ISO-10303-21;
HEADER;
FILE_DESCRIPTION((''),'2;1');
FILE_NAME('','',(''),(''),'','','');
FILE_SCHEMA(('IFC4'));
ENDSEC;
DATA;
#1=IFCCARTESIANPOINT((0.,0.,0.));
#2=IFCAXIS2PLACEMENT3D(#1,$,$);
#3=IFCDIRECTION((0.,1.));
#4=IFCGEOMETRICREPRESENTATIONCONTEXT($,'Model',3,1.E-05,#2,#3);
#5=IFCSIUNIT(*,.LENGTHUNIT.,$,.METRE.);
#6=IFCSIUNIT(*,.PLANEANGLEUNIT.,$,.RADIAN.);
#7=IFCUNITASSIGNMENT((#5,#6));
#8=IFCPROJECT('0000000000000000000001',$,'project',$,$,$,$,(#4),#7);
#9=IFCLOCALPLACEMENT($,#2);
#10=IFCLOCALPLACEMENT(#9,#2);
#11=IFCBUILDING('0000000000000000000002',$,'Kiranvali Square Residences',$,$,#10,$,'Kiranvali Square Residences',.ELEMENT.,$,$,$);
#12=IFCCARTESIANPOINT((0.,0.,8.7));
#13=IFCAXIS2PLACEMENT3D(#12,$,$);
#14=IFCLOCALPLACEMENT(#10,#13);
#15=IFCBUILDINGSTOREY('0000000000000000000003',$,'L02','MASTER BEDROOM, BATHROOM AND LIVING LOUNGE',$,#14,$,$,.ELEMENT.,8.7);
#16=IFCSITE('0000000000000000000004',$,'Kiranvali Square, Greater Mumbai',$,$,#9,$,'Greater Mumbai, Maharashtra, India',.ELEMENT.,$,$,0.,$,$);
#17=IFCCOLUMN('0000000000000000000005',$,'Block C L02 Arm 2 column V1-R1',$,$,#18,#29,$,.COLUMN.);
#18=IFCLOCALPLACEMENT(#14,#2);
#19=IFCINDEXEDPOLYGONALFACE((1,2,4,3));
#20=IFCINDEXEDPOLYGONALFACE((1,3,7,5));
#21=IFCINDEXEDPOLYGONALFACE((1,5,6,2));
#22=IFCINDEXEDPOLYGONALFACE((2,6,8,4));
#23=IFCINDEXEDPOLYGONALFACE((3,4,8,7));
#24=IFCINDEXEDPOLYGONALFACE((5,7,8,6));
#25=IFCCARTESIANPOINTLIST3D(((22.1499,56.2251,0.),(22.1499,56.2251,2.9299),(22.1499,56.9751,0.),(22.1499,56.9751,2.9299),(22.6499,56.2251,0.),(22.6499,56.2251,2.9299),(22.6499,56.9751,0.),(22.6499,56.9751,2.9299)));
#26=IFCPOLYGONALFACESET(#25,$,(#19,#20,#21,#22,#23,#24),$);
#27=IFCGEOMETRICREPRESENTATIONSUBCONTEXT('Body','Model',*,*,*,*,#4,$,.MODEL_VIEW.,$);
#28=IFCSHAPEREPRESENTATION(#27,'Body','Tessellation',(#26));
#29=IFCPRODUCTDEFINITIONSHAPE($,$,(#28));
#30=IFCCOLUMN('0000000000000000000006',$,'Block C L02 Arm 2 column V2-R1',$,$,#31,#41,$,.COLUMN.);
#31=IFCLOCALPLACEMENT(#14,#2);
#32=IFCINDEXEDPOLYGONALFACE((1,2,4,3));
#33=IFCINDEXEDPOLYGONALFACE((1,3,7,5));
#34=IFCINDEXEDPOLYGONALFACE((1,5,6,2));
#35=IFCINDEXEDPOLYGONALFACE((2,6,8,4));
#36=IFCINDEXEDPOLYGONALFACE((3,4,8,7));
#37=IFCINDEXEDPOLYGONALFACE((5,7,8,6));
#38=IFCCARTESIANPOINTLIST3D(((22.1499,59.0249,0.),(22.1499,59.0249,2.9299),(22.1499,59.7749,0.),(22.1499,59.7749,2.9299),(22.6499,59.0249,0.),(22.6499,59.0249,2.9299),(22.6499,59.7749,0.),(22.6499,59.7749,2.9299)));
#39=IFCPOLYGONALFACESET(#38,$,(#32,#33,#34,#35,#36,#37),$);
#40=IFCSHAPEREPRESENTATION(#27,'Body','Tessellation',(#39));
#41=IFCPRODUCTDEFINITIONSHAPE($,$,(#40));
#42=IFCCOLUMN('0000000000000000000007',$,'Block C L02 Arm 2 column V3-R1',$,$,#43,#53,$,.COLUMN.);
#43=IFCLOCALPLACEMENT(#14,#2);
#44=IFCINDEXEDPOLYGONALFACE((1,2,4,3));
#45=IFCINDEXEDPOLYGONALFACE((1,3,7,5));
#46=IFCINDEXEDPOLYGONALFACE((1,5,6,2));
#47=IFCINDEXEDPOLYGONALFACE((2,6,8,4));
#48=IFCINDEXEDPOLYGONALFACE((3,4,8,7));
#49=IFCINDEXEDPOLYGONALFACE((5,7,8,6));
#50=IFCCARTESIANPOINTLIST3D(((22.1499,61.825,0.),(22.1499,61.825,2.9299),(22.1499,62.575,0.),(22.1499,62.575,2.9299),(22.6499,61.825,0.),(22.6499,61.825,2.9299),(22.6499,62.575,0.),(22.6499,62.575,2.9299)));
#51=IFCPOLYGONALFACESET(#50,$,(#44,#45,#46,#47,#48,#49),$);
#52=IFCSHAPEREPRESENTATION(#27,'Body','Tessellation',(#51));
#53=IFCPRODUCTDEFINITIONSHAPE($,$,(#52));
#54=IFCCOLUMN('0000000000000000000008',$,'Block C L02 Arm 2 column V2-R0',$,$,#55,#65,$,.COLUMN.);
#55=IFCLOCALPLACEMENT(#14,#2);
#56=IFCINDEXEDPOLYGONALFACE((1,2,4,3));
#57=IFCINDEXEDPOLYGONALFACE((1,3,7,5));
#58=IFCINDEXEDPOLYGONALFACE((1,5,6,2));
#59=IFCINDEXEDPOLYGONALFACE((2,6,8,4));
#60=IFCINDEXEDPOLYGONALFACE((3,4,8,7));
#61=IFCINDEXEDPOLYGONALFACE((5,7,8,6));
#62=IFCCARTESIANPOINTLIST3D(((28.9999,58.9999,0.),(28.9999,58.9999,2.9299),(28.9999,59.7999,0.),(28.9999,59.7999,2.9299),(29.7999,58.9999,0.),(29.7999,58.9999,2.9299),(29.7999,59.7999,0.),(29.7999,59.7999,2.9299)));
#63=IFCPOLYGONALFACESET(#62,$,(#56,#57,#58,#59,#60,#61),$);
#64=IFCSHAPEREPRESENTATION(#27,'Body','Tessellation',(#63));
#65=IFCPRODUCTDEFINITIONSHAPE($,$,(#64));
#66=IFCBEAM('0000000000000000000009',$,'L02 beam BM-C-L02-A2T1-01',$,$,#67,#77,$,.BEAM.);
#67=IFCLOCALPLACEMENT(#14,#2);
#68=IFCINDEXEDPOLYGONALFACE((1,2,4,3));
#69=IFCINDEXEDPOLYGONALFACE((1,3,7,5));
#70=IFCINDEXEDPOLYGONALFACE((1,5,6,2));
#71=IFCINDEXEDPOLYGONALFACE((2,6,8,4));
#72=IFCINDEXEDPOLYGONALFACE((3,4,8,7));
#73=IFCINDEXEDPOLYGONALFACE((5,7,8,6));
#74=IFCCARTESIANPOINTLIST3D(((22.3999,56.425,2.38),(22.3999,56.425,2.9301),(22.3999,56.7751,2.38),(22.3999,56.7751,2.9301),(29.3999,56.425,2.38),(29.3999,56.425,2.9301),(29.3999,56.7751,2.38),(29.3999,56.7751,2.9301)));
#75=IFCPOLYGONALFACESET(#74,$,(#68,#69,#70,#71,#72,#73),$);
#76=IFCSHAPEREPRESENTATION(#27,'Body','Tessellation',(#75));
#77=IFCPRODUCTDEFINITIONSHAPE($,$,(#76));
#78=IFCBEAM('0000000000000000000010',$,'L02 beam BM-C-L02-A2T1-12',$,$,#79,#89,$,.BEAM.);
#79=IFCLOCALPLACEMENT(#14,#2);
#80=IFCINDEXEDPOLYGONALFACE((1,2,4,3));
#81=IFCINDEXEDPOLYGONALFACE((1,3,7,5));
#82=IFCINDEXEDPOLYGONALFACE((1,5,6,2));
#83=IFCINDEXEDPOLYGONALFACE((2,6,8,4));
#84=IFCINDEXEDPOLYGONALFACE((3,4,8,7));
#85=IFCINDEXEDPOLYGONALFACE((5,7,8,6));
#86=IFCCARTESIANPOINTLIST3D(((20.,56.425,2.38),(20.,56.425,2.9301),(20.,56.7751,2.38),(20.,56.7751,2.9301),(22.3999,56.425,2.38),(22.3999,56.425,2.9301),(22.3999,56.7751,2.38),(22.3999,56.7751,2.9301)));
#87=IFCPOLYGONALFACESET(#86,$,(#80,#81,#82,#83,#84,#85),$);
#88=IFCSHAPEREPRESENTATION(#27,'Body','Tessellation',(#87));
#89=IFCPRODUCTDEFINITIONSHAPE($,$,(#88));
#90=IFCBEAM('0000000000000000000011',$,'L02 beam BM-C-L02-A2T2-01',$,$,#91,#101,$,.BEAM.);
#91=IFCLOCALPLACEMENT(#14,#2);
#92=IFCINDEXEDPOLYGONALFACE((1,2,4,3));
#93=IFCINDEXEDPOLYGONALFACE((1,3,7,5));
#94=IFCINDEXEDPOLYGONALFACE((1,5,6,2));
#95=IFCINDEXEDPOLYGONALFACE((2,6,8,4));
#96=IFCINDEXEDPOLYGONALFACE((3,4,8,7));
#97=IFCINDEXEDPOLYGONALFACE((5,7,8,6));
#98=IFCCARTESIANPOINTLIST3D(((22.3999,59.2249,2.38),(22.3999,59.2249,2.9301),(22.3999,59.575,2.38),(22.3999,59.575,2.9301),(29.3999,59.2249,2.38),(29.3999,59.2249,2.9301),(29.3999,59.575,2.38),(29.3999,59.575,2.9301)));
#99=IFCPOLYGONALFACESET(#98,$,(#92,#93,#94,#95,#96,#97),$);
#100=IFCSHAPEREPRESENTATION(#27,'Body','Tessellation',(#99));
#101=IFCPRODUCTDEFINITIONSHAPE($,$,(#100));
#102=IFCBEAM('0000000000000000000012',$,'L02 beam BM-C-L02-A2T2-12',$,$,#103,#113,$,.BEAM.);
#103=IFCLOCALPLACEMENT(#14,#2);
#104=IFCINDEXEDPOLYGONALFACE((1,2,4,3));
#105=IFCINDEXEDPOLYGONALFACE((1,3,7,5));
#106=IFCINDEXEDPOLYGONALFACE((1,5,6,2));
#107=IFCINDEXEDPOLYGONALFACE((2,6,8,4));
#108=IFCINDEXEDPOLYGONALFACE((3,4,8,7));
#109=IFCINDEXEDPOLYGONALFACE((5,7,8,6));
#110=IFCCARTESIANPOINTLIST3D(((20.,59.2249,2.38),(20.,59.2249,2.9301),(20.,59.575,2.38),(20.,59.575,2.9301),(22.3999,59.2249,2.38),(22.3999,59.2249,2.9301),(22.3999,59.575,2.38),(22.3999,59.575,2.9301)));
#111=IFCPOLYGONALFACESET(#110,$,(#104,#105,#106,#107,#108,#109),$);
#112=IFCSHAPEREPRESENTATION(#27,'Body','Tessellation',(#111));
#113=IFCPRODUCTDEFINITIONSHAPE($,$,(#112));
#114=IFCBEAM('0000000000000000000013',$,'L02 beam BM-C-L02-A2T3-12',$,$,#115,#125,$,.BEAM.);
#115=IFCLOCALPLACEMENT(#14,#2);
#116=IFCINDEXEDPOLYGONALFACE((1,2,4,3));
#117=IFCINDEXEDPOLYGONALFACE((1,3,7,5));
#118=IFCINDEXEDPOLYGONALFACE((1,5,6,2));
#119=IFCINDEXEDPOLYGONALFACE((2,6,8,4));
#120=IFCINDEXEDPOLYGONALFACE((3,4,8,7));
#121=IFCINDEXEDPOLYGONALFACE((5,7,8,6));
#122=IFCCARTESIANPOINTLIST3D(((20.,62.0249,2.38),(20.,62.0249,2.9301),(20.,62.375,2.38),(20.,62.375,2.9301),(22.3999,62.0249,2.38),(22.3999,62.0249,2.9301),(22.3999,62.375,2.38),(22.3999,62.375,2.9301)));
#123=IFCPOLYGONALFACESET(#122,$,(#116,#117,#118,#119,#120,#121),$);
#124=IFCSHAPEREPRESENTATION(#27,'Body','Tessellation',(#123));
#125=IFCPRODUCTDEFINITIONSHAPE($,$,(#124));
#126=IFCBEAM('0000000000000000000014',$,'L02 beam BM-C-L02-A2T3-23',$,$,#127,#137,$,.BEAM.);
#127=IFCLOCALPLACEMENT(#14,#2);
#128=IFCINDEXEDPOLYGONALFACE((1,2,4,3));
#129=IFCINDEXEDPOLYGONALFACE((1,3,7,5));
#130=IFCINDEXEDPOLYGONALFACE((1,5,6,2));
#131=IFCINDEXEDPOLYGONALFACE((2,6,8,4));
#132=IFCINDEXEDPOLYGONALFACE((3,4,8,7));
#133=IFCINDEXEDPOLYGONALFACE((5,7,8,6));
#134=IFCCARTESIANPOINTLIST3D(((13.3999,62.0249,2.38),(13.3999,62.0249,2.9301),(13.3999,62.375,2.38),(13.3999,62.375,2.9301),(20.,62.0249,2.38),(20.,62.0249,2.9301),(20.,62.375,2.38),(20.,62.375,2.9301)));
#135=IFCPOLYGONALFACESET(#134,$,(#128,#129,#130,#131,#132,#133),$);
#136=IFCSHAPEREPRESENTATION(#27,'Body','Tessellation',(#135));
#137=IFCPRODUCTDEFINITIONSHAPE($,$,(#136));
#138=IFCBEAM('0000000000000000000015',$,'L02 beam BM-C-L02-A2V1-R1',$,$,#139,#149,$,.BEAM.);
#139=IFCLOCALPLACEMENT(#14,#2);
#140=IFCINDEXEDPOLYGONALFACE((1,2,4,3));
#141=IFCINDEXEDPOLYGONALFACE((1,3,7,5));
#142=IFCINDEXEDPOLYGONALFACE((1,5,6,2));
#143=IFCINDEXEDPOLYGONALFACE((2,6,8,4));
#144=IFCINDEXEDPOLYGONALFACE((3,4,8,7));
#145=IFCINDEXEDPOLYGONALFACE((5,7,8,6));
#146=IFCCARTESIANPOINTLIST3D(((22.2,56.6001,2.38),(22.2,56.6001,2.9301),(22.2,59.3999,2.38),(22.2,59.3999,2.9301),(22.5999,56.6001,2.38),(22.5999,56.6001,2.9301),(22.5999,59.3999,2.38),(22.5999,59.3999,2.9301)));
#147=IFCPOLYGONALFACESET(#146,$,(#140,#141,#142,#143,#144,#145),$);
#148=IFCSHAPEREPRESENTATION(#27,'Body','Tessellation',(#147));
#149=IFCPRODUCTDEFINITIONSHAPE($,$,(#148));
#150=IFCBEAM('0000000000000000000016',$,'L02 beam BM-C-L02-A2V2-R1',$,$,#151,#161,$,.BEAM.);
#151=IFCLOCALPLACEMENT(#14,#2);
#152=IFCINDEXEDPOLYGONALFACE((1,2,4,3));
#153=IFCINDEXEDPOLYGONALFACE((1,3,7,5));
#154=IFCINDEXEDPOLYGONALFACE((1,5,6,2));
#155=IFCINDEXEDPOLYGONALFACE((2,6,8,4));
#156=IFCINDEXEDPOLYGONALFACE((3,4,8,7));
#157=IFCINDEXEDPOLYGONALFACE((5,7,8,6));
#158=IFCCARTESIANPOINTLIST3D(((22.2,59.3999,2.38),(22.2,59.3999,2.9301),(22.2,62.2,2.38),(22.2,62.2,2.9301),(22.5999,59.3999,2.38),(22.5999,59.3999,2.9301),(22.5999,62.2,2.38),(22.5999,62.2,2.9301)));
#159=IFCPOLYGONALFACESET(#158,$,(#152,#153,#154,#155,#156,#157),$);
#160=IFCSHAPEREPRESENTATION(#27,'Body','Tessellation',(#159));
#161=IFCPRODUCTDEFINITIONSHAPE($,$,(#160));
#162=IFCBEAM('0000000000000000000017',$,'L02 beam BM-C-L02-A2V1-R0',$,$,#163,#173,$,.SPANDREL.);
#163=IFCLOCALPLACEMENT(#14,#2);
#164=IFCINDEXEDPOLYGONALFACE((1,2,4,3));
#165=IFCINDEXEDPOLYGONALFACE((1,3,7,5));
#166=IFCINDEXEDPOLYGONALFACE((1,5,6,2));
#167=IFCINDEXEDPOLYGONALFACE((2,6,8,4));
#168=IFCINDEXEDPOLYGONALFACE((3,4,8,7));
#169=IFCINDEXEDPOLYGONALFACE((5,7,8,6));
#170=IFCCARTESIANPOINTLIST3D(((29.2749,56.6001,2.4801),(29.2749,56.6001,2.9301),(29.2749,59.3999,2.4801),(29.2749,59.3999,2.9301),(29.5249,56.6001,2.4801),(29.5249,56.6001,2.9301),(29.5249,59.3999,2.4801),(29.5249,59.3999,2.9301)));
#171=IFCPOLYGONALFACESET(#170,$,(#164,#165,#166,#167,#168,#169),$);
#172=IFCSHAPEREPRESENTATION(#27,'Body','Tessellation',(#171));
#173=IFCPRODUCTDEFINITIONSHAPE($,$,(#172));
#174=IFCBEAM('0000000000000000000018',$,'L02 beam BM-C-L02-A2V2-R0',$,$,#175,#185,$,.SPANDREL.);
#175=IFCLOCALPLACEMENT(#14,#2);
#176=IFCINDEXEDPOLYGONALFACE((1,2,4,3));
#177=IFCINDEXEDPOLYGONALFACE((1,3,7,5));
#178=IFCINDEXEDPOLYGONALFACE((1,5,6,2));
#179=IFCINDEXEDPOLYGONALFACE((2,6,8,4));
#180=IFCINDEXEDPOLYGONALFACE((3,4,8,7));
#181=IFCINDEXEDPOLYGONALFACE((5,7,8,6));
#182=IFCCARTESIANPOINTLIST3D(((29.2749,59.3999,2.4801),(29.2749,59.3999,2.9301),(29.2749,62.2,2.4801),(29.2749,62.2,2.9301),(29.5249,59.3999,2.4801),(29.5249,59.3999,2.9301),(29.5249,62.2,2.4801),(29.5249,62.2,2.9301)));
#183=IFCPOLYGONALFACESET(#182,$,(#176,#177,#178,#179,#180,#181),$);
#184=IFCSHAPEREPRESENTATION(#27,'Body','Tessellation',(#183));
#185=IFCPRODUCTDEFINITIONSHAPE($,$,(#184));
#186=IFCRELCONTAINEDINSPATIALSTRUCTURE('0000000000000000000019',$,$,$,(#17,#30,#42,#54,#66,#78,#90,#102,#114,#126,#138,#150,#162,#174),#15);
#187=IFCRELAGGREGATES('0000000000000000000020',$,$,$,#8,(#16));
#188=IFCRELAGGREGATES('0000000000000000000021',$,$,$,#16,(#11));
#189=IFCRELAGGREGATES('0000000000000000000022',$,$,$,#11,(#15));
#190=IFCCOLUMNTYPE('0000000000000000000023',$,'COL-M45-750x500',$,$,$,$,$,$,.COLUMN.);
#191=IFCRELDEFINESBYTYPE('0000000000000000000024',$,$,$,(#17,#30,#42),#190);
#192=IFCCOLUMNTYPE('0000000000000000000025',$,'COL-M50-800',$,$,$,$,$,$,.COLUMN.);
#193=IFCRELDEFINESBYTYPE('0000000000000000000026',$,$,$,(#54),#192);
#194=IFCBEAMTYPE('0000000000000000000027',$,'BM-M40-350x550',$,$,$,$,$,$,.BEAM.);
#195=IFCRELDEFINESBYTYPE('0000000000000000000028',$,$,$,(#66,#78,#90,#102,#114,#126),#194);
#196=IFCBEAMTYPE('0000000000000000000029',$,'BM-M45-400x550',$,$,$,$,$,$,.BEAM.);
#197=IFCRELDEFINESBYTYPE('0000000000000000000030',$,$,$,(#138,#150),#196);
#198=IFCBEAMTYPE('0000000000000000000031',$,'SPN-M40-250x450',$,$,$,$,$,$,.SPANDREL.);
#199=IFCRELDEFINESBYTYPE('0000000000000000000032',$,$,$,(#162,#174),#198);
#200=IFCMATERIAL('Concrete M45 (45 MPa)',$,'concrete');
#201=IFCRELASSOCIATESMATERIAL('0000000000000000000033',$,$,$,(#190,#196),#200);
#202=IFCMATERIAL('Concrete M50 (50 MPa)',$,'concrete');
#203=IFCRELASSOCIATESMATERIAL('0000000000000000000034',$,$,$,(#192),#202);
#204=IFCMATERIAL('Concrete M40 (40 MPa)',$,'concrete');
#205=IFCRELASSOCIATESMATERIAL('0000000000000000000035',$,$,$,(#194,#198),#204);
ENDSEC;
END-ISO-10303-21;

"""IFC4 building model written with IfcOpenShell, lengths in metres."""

from ifc_helpers import new_model, si_unit, direction, frame, origin, origin_2d, place, context, subcontext, project, spatial, rectangle, extrude, material, material_profile, profile_set, type_object, element, save


model = new_model("IFC4")

# Units and contexts
model_context = context("Model", 3, precision=1e-05, world=origin(), true_north=direction((0.0, 1.0)))
body_context = subcontext(model_context, "Body", "Model", "MODEL_VIEW")
ifc_project = project(units=[si_unit("LENGTHUNIT", "METRE"), si_unit("PLANEANGLEUNIT", "RADIAN")], contexts=[model_context])

# Site, building, storey
site_placement = place(None, origin())
site = spatial("IfcSite", under=ifc_project, at=site_placement, Name="Kiranvali Square, Greater Mumbai", LongName="Greater Mumbai, Maharashtra, India", CompositionType="ELEMENT", RefElevation=0.0)
building_placement = place(site_placement, origin())
building = spatial("IfcBuilding", under=site, at=building_placement, Name="Kiranvali Square Residences", LongName="Kiranvali Square Residences", CompositionType="ELEMENT")
storey_placement = place(building_placement, frame((0.0, 0.0, 8.7)))
storey = spatial("IfcBuildingStorey", under=building, at=storey_placement, Name="L02", Description="MASTER BEDROOM, BATHROOM AND LIVING LOUNGE", CompositionType="ELEMENT", Elevation=8.7)

# Columns
ifc_material_1 = material(Name="Concrete M45 (45 MPa)", Category="concrete")
ifc_material_profile_1 = material_profile(ifc_material_1, rectangle(XDim=0.5, YDim=0.75, at=origin_2d()), Name="RC 750x500")
ifc_profile_set_1 = profile_set([ifc_material_profile_1], Name="Concrete M45 (45 MPa)")
column_type_1 = type_object("IfcColumnType", Name="COL-M45-750x500", PredefinedType="COLUMN", material=ifc_profile_set_1)
for number, where, z_axis, x_axis, name in (
    (1, (22.3999, 56.6001, 0.0), (0.0, 0.0, 1.0), (1.0, 0.0, 0.0), "Block C L02 Arm 2 column V1-R1"),
    (2, (22.3999, 59.3999, 0.0), (0.0, 0.0, 1.0), (1.0, 0.0, 0.0), "Block C L02 Arm 2 column V2-R1"),
    (3, (22.3999, 62.2, 0.0), (0.0, 0.0, 1.0), (1.0, 0.0, 0.0), "Block C L02 Arm 2 column V3-R1"),
):
    element("IfcColumn", number, at=place(storey_placement, frame(where, z_axis=z_axis, x_axis=x_axis)), inside=storey, type_object=column_type_1, Name=name, PredefinedType="COLUMN", context=body_context, shape_type="SweptSolid", body=[
        extrude(rectangle(XDim=0.5, YDim=0.75, at=origin_2d()), origin(), (0.0, 0.0, 1.0), 2.9299),
    ])
ifc_material_2 = material(Name="Concrete M50 (50 MPa)", Category="concrete")
ifc_material_profile_2 = material_profile(ifc_material_2, rectangle(XDim=0.8, YDim=0.8, at=origin_2d()), Name="RC 800x800")
ifc_profile_set_2 = profile_set([ifc_material_profile_2], Name="Concrete M50 (50 MPa)")
column_type_2 = type_object("IfcColumnType", Name="COL-M50-800", PredefinedType="COLUMN", material=ifc_profile_set_2)
column_placement = place(storey_placement, frame((29.3999, 59.3999, 0.0), z_axis=(0.0, 0.0, 1.0), x_axis=(1.0, 0.0, 0.0)))
element("IfcColumn", 4, at=column_placement, inside=storey, type_object=column_type_2, Name="Block C L02 Arm 2 column V2-R0", PredefinedType="COLUMN", context=body_context, shape_type="SweptSolid", body=[
    extrude(rectangle(XDim=0.8, YDim=0.8, at=origin_2d()), origin(), (0.0, 0.0, 1.0), 2.9299),
])

# Beams
ifc_material_3 = material(Name="Concrete M40 (40 MPa)", Category="concrete")
ifc_material_profile_3 = material_profile(ifc_material_3, rectangle(XDim=0.3501, YDim=0.55, at=origin_2d()), Name="RC 350x550")
ifc_profile_set_3 = profile_set([ifc_material_profile_3], Name="Concrete M40 (40 MPa)")
beam_type_1 = type_object("IfcBeamType", Name="BM-M40-350x550", PredefinedType="BEAM", material=ifc_profile_set_3)
beam_1_placement = place(storey_placement, frame((29.3999, 56.6001, 2.655), z_axis=(-1.0, 0.0, 0.0), x_axis=(0.0, -1.0, 0.0)))
element("IfcBeam", 5, at=beam_1_placement, inside=storey, type_object=beam_type_1, Name="L02 beam BM-C-L02-A2T1-01", PredefinedType="BEAM", context=body_context, shape_type="SweptSolid", body=[
    extrude(rectangle(XDim=0.3501, YDim=0.55, at=origin_2d()), origin(), (0.0, 0.0, 1.0), 7.0),
])
beam_2_placement = place(storey_placement, frame((22.3999, 56.6001, 2.655), z_axis=(-1.0, 0.0, 0.0), x_axis=(0.0, -1.0, 0.0)))
element("IfcBeam", 6, at=beam_2_placement, inside=storey, type_object=beam_type_1, Name="L02 beam BM-C-L02-A2T1-12", PredefinedType="BEAM", context=body_context, shape_type="SweptSolid", body=[
    extrude(rectangle(XDim=0.3501, YDim=0.55, at=origin_2d()), origin(), (0.0, 0.0, 1.0), 2.3999),
])
beam_3_placement = place(storey_placement, frame((29.3999, 59.3999, 2.655), z_axis=(-1.0, 0.0, 0.0), x_axis=(0.0, -1.0, 0.0)))
element("IfcBeam", 7, at=beam_3_placement, inside=storey, type_object=beam_type_1, Name="L02 beam BM-C-L02-A2T2-01", PredefinedType="BEAM", context=body_context, shape_type="SweptSolid", body=[
    extrude(rectangle(XDim=0.3501, YDim=0.55, at=origin_2d()), origin(), (0.0, 0.0, 1.0), 7.0),
])
for number, where, z_axis, x_axis, name in (
    (8, (22.3999, 59.3999, 2.655), (-1.0, 0.0, 0.0), (0.0, -1.0, 0.0), "L02 beam BM-C-L02-A2T2-12"),
    (9, (22.3999, 62.2, 2.655), (-1.0, 0.0, 0.0), (0.0, -1.0, 0.0), "L02 beam BM-C-L02-A2T3-12"),
):
    element("IfcBeam", number, at=place(storey_placement, frame(where, z_axis=z_axis, x_axis=x_axis)), inside=storey, type_object=beam_type_1, Name=name, PredefinedType="BEAM", context=body_context, shape_type="SweptSolid", body=[
        extrude(rectangle(XDim=0.3501, YDim=0.55, at=origin_2d()), origin(), (0.0, 0.0, 1.0), 2.3999),
    ])
beam_4_placement = place(storey_placement, frame((20.0, 62.2, 2.655), z_axis=(-1.0, 0.0, 0.0), x_axis=(0.0, -1.0, 0.0)))
element("IfcBeam", 10, at=beam_4_placement, inside=storey, type_object=beam_type_1, Name="L02 beam BM-C-L02-A2T3-23", PredefinedType="BEAM", context=body_context, shape_type="SweptSolid", body=[
    extrude(rectangle(XDim=0.3501, YDim=0.55, at=origin_2d()), origin(), (0.0, 0.0, 1.0), 6.6001),
])
ifc_material_profile_4 = material_profile(ifc_material_1, rectangle(XDim=0.3999, YDim=0.55, at=origin_2d()), Name="RC 400x550")
ifc_profile_set_4 = profile_set([ifc_material_profile_4], Name="Concrete M45 (45 MPa)")
beam_type_2 = type_object("IfcBeamType", Name="BM-M45-400x550", PredefinedType="BEAM", material=ifc_profile_set_4)
beam_5_placement = place(storey_placement, frame((22.3999, 56.6001, 2.655), z_axis=(0.0, 1.0, 0.0), x_axis=(-1.0, 0.0, 0.0)))
element("IfcBeam", 11, at=beam_5_placement, inside=storey, type_object=beam_type_2, Name="L02 beam BM-C-L02-A2V1-R1", PredefinedType="BEAM", context=body_context, shape_type="SweptSolid", body=[
    extrude(rectangle(XDim=0.3999, YDim=0.55, at=origin_2d()), origin(), (0.0, 0.0, 1.0), 2.7998),
])
beam_6_placement = place(storey_placement, frame((22.3999, 59.3999, 2.655), z_axis=(0.0, 1.0, 0.0), x_axis=(-1.0, 0.0, 0.0)))
element("IfcBeam", 12, at=beam_6_placement, inside=storey, type_object=beam_type_2, Name="L02 beam BM-C-L02-A2V2-R1", PredefinedType="BEAM", context=body_context, shape_type="SweptSolid", body=[
    extrude(rectangle(XDim=0.3999, YDim=0.55, at=origin_2d()), origin(), (0.0, 0.0, 1.0), 2.8),
])
ifc_material_profile_5 = material_profile(ifc_material_3, rectangle(XDim=0.25, YDim=0.45, at=origin_2d()), Name="RC 250x450")
ifc_profile_set_5 = profile_set([ifc_material_profile_5], Name="Concrete M40 (40 MPa)")
beam_type_3 = type_object("IfcBeamType", Name="SPN-M40-250x450", PredefinedType="SPANDREL", material=ifc_profile_set_5)
beam_7_placement = place(storey_placement, frame((29.3999, 56.6001, 2.7051), z_axis=(0.0, 1.0, 0.0), x_axis=(-1.0, 0.0, 0.0)))
element("IfcBeam", 13, at=beam_7_placement, inside=storey, type_object=beam_type_3, Name="L02 beam BM-C-L02-A2V1-R0", PredefinedType="SPANDREL", context=body_context, shape_type="SweptSolid", body=[
    extrude(rectangle(XDim=0.25, YDim=0.45, at=origin_2d()), origin(), (0.0, 0.0, 1.0), 2.7998),
])
beam_8_placement = place(storey_placement, frame((29.3999, 59.3999, 2.7051), z_axis=(0.0, 1.0, 0.0), x_axis=(-1.0, 0.0, 0.0)))
element("IfcBeam", 14, at=beam_8_placement, inside=storey, type_object=beam_type_3, Name="L02 beam BM-C-L02-A2V2-R0", PredefinedType="SPANDREL", context=body_context, shape_type="SweptSolid", body=[
    extrude(rectangle(XDim=0.25, YDim=0.45, at=origin_2d()), origin(), (0.0, 0.0, 1.0), 2.8),
])

save(model, "model.ifc")
